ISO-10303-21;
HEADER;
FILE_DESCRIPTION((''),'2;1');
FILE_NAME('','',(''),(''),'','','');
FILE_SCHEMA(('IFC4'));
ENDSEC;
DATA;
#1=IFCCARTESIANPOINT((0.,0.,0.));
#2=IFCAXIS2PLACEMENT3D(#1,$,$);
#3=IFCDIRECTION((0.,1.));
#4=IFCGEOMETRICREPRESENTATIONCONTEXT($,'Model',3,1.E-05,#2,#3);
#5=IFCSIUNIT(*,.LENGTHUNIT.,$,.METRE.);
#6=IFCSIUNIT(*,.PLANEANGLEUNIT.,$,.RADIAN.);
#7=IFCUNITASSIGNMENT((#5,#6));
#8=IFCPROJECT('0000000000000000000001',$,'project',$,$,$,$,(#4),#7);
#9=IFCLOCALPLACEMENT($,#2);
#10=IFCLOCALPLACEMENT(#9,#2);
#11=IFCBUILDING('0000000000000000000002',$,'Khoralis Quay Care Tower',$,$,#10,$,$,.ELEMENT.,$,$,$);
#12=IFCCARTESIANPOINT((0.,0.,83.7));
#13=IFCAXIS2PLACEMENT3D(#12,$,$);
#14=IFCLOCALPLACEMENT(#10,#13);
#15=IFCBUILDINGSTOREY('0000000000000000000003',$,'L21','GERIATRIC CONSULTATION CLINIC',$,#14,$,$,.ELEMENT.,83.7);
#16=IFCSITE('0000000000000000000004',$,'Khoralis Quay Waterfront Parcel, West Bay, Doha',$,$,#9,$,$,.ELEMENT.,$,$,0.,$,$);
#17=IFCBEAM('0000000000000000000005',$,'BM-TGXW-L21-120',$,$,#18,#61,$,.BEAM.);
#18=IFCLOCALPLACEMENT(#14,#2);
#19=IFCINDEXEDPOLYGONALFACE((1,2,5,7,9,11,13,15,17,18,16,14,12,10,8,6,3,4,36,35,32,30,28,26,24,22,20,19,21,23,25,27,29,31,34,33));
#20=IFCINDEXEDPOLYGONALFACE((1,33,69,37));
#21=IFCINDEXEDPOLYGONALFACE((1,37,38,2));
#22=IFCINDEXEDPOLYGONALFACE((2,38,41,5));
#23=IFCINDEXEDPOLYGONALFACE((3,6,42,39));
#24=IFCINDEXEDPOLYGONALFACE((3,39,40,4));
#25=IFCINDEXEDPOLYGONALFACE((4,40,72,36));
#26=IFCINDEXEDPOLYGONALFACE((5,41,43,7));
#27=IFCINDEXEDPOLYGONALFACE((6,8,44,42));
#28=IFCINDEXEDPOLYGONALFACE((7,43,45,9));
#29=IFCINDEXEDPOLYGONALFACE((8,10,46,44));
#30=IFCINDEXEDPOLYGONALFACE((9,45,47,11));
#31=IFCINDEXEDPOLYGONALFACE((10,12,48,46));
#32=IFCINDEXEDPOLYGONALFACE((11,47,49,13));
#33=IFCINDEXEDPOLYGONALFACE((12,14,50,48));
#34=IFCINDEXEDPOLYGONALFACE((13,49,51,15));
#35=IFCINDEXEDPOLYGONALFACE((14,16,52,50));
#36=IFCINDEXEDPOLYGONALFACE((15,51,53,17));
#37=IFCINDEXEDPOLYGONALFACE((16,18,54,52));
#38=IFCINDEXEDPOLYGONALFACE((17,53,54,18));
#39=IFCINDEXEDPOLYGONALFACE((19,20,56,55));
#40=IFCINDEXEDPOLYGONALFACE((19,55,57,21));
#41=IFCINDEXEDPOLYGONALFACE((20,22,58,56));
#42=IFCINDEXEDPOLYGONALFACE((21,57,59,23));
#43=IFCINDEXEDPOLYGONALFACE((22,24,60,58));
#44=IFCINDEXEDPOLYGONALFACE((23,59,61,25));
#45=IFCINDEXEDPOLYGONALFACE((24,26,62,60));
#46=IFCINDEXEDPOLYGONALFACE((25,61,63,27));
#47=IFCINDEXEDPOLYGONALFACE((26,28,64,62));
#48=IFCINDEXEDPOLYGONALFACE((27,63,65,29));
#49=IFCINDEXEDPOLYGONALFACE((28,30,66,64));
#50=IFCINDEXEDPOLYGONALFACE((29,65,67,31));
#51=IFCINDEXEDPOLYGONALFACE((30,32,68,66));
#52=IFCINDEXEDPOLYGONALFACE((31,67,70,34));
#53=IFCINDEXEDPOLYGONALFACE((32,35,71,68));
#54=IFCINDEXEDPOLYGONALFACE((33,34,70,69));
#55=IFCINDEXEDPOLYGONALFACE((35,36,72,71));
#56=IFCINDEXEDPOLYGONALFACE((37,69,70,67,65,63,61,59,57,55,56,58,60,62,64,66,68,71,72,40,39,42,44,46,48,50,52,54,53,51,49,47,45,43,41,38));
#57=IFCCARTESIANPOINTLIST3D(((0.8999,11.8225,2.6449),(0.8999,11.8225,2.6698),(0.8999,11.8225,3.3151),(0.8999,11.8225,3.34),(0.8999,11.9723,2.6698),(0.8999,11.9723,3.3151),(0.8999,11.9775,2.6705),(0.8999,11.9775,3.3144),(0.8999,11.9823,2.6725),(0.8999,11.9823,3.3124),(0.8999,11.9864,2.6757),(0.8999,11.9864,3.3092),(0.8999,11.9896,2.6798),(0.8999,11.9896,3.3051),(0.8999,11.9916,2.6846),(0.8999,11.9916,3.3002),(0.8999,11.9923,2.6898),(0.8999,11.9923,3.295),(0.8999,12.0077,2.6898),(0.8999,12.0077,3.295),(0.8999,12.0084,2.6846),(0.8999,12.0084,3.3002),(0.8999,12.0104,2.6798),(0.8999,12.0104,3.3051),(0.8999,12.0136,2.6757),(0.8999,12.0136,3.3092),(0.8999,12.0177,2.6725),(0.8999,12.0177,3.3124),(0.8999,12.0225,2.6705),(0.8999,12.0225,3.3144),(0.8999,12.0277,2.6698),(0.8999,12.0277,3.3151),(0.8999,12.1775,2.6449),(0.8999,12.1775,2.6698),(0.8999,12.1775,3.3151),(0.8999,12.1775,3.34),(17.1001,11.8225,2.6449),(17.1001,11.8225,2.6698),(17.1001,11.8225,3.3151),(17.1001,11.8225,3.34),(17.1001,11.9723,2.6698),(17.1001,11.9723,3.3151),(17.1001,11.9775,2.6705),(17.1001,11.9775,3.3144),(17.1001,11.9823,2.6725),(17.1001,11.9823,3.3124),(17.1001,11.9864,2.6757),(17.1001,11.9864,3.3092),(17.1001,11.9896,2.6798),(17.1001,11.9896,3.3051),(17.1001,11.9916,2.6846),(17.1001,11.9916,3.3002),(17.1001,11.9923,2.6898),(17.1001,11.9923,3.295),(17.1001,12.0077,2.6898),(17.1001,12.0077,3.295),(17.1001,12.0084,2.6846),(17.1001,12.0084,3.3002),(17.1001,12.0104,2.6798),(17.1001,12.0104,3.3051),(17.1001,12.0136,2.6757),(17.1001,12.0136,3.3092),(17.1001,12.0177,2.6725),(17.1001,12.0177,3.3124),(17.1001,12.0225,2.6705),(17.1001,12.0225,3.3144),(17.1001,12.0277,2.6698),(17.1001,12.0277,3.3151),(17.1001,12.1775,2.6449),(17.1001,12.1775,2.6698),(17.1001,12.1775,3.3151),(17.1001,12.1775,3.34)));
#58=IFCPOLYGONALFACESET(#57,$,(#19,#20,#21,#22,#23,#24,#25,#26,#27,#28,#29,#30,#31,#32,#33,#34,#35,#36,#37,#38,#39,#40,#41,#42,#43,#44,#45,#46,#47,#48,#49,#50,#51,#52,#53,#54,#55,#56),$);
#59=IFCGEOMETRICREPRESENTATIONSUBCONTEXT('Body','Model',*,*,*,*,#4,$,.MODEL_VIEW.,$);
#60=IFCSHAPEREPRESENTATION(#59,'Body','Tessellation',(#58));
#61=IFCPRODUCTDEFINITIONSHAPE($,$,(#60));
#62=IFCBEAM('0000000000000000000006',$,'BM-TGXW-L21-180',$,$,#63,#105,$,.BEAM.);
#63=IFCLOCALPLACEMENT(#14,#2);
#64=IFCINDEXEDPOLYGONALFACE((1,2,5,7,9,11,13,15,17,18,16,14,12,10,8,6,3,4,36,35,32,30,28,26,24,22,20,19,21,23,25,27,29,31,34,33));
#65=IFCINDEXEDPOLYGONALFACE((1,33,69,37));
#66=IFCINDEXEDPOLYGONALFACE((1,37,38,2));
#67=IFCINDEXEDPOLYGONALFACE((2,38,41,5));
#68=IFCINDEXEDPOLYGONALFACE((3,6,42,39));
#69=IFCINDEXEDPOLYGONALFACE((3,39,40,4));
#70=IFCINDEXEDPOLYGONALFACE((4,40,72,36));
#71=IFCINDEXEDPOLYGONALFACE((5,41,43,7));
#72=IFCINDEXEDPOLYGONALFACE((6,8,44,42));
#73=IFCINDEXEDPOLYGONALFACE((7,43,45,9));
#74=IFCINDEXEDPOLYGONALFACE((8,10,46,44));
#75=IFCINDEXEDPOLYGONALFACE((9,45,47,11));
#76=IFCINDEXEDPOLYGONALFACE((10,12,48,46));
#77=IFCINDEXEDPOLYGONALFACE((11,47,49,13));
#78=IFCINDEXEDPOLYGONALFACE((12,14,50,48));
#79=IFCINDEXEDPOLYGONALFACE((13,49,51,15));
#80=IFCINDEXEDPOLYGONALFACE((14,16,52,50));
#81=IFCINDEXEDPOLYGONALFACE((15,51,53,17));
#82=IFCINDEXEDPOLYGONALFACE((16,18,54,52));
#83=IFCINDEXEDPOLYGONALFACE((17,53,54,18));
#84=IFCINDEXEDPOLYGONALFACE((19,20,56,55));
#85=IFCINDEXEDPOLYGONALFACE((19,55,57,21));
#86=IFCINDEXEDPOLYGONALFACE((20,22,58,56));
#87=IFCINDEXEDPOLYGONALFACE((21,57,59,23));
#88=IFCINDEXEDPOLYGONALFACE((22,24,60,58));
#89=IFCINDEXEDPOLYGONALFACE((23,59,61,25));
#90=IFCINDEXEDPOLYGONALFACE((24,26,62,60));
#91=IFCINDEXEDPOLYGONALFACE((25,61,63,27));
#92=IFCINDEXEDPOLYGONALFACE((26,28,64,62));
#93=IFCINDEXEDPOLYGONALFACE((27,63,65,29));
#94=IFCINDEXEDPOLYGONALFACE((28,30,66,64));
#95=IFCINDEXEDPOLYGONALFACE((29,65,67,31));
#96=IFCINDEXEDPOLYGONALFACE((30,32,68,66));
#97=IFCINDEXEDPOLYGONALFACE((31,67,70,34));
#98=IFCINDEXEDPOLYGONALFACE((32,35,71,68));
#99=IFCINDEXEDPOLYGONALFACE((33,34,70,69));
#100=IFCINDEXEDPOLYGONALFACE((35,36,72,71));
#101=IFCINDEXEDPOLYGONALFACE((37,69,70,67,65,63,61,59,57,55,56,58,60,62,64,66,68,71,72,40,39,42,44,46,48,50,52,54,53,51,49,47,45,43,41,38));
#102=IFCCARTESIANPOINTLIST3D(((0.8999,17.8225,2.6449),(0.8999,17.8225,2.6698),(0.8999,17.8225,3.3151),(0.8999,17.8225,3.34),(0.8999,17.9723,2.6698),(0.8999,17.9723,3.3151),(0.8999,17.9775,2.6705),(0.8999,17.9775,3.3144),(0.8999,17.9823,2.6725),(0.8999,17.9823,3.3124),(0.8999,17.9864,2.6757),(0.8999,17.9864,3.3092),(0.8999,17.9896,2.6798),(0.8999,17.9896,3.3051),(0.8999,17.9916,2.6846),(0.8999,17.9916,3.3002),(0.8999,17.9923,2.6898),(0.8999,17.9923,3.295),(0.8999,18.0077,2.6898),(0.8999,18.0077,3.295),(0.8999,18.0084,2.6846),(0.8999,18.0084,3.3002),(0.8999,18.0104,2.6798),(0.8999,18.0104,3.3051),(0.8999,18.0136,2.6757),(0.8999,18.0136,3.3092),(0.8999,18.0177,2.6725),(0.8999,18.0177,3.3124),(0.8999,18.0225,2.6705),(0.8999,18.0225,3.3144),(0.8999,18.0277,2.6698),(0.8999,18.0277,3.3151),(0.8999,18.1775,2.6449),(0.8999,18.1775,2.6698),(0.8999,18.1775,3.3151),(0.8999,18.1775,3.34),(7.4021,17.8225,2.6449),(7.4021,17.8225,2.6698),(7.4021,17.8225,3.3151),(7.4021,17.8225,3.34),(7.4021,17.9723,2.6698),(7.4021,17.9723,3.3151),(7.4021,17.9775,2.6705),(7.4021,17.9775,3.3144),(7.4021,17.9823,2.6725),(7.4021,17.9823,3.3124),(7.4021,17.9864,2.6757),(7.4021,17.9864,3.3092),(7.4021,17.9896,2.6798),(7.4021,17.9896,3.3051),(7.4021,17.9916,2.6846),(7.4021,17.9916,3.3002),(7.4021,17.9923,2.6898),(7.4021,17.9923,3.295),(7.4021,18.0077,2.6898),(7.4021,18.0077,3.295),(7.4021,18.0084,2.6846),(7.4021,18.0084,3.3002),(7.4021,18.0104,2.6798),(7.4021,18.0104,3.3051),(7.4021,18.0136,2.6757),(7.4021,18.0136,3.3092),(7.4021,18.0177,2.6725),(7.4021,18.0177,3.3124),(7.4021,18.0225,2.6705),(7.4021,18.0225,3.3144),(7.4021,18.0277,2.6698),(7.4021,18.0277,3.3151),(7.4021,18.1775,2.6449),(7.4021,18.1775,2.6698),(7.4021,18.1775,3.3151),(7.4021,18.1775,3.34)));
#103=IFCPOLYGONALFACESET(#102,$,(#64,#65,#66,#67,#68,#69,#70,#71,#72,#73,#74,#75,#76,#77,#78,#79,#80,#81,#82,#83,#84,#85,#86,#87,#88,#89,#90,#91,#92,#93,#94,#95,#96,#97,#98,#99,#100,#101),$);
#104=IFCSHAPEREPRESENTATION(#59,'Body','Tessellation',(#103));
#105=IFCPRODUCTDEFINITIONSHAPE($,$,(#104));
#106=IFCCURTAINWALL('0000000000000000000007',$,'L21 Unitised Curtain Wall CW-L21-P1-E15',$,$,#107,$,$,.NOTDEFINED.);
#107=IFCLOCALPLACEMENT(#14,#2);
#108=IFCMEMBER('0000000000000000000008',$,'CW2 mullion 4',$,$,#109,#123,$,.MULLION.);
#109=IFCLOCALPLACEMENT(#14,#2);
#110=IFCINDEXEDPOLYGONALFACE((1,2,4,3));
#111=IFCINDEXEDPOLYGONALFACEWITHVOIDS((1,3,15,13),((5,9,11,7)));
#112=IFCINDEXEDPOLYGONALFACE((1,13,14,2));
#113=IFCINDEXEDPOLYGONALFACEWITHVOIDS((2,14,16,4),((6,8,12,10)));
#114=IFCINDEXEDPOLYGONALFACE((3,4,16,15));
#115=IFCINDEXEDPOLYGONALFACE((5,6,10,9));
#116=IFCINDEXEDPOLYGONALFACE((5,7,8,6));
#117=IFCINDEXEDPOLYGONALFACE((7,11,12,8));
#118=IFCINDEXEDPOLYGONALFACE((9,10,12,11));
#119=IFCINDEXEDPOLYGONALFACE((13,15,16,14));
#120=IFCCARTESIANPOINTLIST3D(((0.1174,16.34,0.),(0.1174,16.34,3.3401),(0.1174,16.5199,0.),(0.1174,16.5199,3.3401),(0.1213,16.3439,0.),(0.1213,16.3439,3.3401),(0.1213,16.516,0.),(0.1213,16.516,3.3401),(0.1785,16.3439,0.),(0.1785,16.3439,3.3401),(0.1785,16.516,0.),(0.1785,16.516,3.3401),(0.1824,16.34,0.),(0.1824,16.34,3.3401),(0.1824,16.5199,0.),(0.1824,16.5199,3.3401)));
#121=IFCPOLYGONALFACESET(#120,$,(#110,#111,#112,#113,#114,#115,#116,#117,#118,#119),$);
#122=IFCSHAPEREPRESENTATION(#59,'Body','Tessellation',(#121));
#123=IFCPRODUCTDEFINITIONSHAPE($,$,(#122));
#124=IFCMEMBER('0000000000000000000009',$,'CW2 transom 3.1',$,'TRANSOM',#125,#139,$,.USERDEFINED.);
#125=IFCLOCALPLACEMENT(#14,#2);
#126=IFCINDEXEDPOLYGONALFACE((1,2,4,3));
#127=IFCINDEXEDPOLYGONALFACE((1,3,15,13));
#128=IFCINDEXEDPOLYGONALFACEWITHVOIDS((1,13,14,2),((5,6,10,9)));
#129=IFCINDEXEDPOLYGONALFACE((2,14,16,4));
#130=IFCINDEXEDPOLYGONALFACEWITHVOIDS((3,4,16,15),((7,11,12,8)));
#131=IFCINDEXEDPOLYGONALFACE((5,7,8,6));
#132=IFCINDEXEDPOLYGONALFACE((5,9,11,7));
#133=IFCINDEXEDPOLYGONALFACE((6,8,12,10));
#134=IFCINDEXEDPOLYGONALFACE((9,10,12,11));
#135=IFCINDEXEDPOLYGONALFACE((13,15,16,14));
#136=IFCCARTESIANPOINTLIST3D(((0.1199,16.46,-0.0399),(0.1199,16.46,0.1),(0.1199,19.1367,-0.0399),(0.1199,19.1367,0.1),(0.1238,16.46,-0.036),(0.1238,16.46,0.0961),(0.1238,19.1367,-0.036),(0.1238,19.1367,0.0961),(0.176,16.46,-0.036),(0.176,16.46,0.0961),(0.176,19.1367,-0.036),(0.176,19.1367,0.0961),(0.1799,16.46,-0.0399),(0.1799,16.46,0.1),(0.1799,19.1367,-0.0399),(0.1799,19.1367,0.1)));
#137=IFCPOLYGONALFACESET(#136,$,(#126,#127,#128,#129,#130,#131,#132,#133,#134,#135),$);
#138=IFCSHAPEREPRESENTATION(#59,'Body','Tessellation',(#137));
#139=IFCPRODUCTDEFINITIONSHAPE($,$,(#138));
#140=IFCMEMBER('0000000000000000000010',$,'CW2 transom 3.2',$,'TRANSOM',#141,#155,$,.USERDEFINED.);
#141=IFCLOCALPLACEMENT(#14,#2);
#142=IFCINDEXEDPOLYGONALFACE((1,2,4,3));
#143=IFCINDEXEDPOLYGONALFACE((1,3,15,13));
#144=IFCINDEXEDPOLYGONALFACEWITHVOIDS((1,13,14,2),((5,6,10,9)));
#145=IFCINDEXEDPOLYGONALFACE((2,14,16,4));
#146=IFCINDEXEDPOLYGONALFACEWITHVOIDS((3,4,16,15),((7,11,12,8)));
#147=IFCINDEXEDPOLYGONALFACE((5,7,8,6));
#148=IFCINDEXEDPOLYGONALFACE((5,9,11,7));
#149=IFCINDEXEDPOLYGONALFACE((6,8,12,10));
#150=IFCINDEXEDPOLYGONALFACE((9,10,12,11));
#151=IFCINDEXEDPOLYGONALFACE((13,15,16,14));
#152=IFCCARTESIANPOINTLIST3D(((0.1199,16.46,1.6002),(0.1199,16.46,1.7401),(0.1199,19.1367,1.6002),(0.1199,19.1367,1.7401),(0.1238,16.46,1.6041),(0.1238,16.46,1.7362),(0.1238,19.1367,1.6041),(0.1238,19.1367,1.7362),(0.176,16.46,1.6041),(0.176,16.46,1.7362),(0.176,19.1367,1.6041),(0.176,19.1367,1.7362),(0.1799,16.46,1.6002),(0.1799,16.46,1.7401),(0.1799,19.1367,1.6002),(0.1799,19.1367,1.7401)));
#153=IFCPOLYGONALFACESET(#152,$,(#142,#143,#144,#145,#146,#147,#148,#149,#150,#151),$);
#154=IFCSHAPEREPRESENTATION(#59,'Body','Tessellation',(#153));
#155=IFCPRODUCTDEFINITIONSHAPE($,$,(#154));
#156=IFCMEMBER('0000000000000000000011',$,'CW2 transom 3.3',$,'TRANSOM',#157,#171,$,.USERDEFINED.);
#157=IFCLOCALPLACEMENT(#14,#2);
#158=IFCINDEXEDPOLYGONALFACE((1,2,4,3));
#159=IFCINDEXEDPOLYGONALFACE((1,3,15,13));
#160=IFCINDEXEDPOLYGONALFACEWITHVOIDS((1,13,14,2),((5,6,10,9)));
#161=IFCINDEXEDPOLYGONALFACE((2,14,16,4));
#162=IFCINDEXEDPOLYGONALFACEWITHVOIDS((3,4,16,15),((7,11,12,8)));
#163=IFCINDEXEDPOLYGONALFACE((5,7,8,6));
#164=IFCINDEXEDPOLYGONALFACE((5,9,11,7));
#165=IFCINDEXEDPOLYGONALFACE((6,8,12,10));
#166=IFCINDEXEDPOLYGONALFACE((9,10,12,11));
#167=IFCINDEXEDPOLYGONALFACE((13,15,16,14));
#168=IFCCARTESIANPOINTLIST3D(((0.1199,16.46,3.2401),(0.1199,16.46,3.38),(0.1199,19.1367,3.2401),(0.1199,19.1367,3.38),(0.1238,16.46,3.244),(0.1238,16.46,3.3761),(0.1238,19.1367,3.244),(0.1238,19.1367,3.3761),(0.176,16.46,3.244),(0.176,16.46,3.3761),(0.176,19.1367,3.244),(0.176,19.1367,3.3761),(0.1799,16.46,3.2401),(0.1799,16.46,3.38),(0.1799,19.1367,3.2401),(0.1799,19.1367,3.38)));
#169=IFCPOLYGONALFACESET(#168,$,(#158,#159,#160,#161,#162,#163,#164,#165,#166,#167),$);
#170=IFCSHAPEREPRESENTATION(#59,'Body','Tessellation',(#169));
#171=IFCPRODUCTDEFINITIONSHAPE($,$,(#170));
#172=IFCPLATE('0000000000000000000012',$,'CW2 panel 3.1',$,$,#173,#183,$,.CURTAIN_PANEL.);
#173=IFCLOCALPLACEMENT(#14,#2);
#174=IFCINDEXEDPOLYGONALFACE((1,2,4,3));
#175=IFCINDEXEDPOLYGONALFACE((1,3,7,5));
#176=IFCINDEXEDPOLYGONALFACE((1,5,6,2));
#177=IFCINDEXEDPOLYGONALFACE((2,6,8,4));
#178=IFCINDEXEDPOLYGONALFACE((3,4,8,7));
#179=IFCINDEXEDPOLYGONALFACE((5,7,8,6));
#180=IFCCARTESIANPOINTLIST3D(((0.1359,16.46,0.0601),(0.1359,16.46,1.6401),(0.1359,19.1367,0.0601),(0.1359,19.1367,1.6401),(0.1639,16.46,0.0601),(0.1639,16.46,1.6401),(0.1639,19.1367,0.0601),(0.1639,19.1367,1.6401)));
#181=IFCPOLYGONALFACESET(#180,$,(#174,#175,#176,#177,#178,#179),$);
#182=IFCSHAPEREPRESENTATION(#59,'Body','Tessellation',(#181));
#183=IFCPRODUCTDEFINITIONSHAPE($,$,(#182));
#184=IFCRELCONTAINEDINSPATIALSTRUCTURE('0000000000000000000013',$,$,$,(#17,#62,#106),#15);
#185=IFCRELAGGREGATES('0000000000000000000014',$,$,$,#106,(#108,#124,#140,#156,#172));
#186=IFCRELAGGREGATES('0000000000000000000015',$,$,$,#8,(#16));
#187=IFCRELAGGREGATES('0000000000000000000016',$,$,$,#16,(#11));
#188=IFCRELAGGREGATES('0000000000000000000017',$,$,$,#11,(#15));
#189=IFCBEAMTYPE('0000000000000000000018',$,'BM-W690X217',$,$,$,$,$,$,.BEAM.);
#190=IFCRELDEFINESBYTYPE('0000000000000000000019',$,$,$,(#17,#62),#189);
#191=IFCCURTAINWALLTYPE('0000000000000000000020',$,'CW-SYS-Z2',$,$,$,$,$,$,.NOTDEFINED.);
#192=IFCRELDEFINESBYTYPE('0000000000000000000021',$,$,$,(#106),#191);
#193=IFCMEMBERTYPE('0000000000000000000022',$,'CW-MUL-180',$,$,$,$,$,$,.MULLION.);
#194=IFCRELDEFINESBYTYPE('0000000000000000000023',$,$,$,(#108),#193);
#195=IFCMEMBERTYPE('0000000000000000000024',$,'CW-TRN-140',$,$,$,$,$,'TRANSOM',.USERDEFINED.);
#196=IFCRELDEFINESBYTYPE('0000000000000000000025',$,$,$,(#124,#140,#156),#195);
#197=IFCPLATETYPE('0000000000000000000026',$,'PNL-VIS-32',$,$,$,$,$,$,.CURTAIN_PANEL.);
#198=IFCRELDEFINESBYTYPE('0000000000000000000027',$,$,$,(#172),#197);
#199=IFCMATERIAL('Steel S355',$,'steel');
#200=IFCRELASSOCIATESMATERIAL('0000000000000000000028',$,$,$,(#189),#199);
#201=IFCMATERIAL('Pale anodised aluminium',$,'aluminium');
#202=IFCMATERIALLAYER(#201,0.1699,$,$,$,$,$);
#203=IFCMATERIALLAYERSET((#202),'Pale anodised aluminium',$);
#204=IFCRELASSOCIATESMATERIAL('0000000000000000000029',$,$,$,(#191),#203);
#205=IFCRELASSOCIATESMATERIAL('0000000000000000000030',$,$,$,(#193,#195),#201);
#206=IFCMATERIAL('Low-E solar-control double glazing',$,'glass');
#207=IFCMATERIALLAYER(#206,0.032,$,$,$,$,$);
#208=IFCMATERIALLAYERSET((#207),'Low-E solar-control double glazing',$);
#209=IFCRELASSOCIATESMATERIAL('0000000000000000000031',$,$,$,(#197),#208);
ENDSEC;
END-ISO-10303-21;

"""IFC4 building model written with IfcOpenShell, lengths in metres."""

from ifc_helpers import new_model, si_unit, direction, frame, origin, origin_2d, place, context, subcontext, project, spatial, rectangle, hollow_rectangle, i_section, extrude, source, transform, mapped, material, layer, layer_set, material_profile, profile_set, type_object, element, aggregate, save


model = new_model("IFC4")

# Units and contexts
model_context = context("Model", 3, precision=1e-05, world=origin(), true_north=direction((0.0, 1.0)))
body_context = subcontext(model_context, "Body", "Model", "MODEL_VIEW")
ifc_project = project(units=[si_unit("LENGTHUNIT", "METRE"), si_unit("PLANEANGLEUNIT", "RADIAN")], contexts=[model_context])

# Site, building, storey
site_placement = place(None, origin())
site = spatial("IfcSite", under=ifc_project, at=site_placement, Name="Khoralis Quay Waterfront Parcel, West Bay, Doha", CompositionType="ELEMENT", RefElevation=0.0)
building_placement = place(site_placement, origin())
building = spatial("IfcBuilding", under=site, at=building_placement, Name="Khoralis Quay Care Tower", CompositionType="ELEMENT")
storey_placement = place(building_placement, frame((0.0, 0.0, 83.7)))
storey = spatial("IfcBuildingStorey", under=building, at=storey_placement, Name="L21", Description="GERIATRIC CONSULTATION CLINIC", CompositionType="ELEMENT", Elevation=83.7)

# Beams
ifc_material_1 = material(Name="Steel S355", Category="steel")
ifc_material_profile_1 = material_profile(ifc_material_1, i_section(OverallWidth=0.355, OverallDepth=0.6951, WebThickness=0.0154, FlangeThickness=0.0249, FilletRadius=0.02, at=origin_2d()), Name="Steel S355")
ifc_profile_set_1 = profile_set([ifc_material_profile_1], Name="Steel S355")
beam_type_1 = type_object("IfcBeamType", Name="BM-W690X217", PredefinedType="BEAM", material=ifc_profile_set_1)
shared_shape_1 = source(origin(), body_context, "Body", "SweptSolid", [
    extrude(i_section(OverallWidth=0.355, OverallDepth=0.6951, WebThickness=0.0154, FlangeThickness=0.0249, FilletRadius=0.02, at=origin_2d()), origin(), (0.0, 0.0, 1.0), 16.2002),
])
beam_1_placement = place(storey_placement, frame((0.8999, 12.0, 2.9924), z_axis=(1.0, 0.0, 0.0), x_axis=(0.0, 1.0, 0.0)))
element("IfcBeam", 1, at=beam_1_placement, inside=storey, type_object=beam_type_1, Name="BM-TGXW-L21-120", PredefinedType="BEAM", context=body_context, shape_type="MappedRepresentation", body=[
    mapped(shared_shape_1, transform((0.0, 0.0, 0.0), scale=1.0)),
])
shared_shape_2 = source(origin(), body_context, "Body", "SweptSolid", [
    extrude(i_section(OverallWidth=0.355, OverallDepth=0.6951, WebThickness=0.0154, FlangeThickness=0.0249, FilletRadius=0.02, at=origin_2d()), origin(), (0.0, 0.0, 1.0), 6.5022),
])
beam_2_placement = place(storey_placement, frame((0.8999, 18.0, 2.9924), z_axis=(1.0, 0.0, 0.0), x_axis=(0.0, 1.0, 0.0)))
element("IfcBeam", 2, at=beam_2_placement, inside=storey, type_object=beam_type_1, Name="BM-TGXW-L21-180", PredefinedType="BEAM", context=body_context, shape_type="MappedRepresentation", body=[
    mapped(shared_shape_2, transform((0.0, 0.0, 0.0), scale=1.0)),
])

# Curtain wall, members, plate
ifc_material_2 = material(Name="Pale anodised aluminium", Category="aluminium")
ifc_layer_1 = layer(ifc_material_2, 0.1699)
ifc_layer_set_1 = layer_set([ifc_layer_1], Name="Pale anodised aluminium")
curtain_wall_type = type_object("IfcCurtainWallType", Name="CW-SYS-Z2", PredefinedType="NOTDEFINED", material=ifc_layer_set_1)
curtain_wall_placement = place(storey_placement, origin())
curtain_wall = element("IfcCurtainWall", 3, at=curtain_wall_placement, inside=storey, type_object=curtain_wall_type, Name="L21 Unitised Curtain Wall CW-L21-P1-E15", PredefinedType="NOTDEFINED")
ifc_material_profile_2 = material_profile(ifc_material_2, hollow_rectangle(XDim=0.0649, YDim=0.1799, WallThickness=0.0039, at=origin_2d()), Name="Pale anodised aluminium")
ifc_profile_set_2 = profile_set([ifc_material_profile_2], Name="Pale anodised aluminium")
member_type_1 = type_object("IfcMemberType", Name="CW-MUL-180", PredefinedType="MULLION", material=ifc_profile_set_2)
shared_shape_3 = source(origin(), body_context, "Body", "SweptSolid", [
    extrude(hollow_rectangle(XDim=0.0649, YDim=0.1799, WallThickness=0.0039, at=origin_2d()), origin(), (0.0, 0.0, 1.0), 3.3401),
])
member_1_placement = place(storey_placement, frame((0.1499, 16.4299, 0.0), z_axis=(0.0, 0.0, 1.0), x_axis=(1.0, 0.0, 0.0)))
member_1 = element("IfcMember", 4, at=member_1_placement, type_object=member_type_1, Name="CW2 mullion 4", PredefinedType="MULLION", context=body_context, shape_type="MappedRepresentation", body=[
    mapped(shared_shape_3, transform((0.0, 0.0, 0.0), scale=1.0)),
])
ifc_material_profile_3 = material_profile(ifc_material_2, hollow_rectangle(XDim=0.0601, YDim=0.1399, WallThickness=0.0039, at=origin_2d()), Name="Pale anodised aluminium")
ifc_profile_set_3 = profile_set([ifc_material_profile_3], Name="Pale anodised aluminium")
member_type_2 = type_object("IfcMemberType", Name="CW-TRN-140", ElementType="TRANSOM", PredefinedType="USERDEFINED", material=ifc_profile_set_3)
shared_shape_4 = source(origin(), body_context, "Body", "SweptSolid", [
    extrude(hollow_rectangle(XDim=0.0601, YDim=0.1399, WallThickness=0.0039, at=origin_2d()), origin(), (0.0, 0.0, 1.0), 2.6768),
])
member_2_placement = place(storey_placement, frame((0.1499, 19.1367, 0.03), z_axis=(0.0, -1.0, 0.0), x_axis=(1.0, 0.0, 0.0)))
member_2 = element("IfcMember", 5, at=member_2_placement, type_object=member_type_2, Name="CW2 transom 3.1", ObjectType="TRANSOM", PredefinedType="USERDEFINED", context=body_context, shape_type="MappedRepresentation", body=[
    mapped(shared_shape_4, transform((0.0, 0.0, 0.0), scale=1.0)),
])
member_3_placement = place(storey_placement, frame((0.1499, 19.1367, 1.6702), z_axis=(0.0, -1.0, 0.0), x_axis=(1.0, 0.0, 0.0)))
member_3 = element("IfcMember", 6, at=member_3_placement, type_object=member_type_2, Name="CW2 transom 3.2", ObjectType="TRANSOM", PredefinedType="USERDEFINED", context=body_context, shape_type="MappedRepresentation", body=[
    mapped(shared_shape_4, transform((0.0, 0.0, 0.0), scale=1.0)),
])
member_4_placement = place(storey_placement, frame((0.1499, 19.1367, 3.3101), z_axis=(0.0, -1.0, 0.0), x_axis=(1.0, 0.0, 0.0)))
member_4 = element("IfcMember", 7, at=member_4_placement, type_object=member_type_2, Name="CW2 transom 3.3", ObjectType="TRANSOM", PredefinedType="USERDEFINED", context=body_context, shape_type="MappedRepresentation", body=[
    mapped(shared_shape_4, transform((0.0, 0.0, 0.0), scale=1.0)),
])
ifc_material_3 = material(Name="Low-E solar-control double glazing", Category="glass")
ifc_layer_2 = layer(ifc_material_3, 0.032)
ifc_layer_set_2 = layer_set([ifc_layer_2], Name="Low-E solar-control double glazing")
plate_type = type_object("IfcPlateType", Name="PNL-VIS-32", PredefinedType="CURTAIN_PANEL", material=ifc_layer_set_2)
shared_shape_5 = source(origin(), body_context, "Body", "SweptSolid", [
    extrude(rectangle(XDim=2.6768, YDim=0.0281, at=origin_2d()), origin(), (0.0, 0.0, 1.0), 1.5801),
])
plate_1_placement = place(storey_placement, frame((0.1499, 17.7983, 0.0601), z_axis=(0.0, 0.0, 1.0), x_axis=(0.0, -1.0, 0.0)))
plate_1 = element("IfcPlate", 8, at=plate_1_placement, type_object=plate_type, Name="CW2 panel 3.1", PredefinedType="CURTAIN_PANEL", context=body_context, shape_type="MappedRepresentation", body=[
    mapped(shared_shape_5, transform((0.0, 0.0, 0.0), scale=1.0)),
])
aggregate(curtain_wall, [member_1, member_2, member_3, member_4, plate_1])

save(model, "model.ifc")
